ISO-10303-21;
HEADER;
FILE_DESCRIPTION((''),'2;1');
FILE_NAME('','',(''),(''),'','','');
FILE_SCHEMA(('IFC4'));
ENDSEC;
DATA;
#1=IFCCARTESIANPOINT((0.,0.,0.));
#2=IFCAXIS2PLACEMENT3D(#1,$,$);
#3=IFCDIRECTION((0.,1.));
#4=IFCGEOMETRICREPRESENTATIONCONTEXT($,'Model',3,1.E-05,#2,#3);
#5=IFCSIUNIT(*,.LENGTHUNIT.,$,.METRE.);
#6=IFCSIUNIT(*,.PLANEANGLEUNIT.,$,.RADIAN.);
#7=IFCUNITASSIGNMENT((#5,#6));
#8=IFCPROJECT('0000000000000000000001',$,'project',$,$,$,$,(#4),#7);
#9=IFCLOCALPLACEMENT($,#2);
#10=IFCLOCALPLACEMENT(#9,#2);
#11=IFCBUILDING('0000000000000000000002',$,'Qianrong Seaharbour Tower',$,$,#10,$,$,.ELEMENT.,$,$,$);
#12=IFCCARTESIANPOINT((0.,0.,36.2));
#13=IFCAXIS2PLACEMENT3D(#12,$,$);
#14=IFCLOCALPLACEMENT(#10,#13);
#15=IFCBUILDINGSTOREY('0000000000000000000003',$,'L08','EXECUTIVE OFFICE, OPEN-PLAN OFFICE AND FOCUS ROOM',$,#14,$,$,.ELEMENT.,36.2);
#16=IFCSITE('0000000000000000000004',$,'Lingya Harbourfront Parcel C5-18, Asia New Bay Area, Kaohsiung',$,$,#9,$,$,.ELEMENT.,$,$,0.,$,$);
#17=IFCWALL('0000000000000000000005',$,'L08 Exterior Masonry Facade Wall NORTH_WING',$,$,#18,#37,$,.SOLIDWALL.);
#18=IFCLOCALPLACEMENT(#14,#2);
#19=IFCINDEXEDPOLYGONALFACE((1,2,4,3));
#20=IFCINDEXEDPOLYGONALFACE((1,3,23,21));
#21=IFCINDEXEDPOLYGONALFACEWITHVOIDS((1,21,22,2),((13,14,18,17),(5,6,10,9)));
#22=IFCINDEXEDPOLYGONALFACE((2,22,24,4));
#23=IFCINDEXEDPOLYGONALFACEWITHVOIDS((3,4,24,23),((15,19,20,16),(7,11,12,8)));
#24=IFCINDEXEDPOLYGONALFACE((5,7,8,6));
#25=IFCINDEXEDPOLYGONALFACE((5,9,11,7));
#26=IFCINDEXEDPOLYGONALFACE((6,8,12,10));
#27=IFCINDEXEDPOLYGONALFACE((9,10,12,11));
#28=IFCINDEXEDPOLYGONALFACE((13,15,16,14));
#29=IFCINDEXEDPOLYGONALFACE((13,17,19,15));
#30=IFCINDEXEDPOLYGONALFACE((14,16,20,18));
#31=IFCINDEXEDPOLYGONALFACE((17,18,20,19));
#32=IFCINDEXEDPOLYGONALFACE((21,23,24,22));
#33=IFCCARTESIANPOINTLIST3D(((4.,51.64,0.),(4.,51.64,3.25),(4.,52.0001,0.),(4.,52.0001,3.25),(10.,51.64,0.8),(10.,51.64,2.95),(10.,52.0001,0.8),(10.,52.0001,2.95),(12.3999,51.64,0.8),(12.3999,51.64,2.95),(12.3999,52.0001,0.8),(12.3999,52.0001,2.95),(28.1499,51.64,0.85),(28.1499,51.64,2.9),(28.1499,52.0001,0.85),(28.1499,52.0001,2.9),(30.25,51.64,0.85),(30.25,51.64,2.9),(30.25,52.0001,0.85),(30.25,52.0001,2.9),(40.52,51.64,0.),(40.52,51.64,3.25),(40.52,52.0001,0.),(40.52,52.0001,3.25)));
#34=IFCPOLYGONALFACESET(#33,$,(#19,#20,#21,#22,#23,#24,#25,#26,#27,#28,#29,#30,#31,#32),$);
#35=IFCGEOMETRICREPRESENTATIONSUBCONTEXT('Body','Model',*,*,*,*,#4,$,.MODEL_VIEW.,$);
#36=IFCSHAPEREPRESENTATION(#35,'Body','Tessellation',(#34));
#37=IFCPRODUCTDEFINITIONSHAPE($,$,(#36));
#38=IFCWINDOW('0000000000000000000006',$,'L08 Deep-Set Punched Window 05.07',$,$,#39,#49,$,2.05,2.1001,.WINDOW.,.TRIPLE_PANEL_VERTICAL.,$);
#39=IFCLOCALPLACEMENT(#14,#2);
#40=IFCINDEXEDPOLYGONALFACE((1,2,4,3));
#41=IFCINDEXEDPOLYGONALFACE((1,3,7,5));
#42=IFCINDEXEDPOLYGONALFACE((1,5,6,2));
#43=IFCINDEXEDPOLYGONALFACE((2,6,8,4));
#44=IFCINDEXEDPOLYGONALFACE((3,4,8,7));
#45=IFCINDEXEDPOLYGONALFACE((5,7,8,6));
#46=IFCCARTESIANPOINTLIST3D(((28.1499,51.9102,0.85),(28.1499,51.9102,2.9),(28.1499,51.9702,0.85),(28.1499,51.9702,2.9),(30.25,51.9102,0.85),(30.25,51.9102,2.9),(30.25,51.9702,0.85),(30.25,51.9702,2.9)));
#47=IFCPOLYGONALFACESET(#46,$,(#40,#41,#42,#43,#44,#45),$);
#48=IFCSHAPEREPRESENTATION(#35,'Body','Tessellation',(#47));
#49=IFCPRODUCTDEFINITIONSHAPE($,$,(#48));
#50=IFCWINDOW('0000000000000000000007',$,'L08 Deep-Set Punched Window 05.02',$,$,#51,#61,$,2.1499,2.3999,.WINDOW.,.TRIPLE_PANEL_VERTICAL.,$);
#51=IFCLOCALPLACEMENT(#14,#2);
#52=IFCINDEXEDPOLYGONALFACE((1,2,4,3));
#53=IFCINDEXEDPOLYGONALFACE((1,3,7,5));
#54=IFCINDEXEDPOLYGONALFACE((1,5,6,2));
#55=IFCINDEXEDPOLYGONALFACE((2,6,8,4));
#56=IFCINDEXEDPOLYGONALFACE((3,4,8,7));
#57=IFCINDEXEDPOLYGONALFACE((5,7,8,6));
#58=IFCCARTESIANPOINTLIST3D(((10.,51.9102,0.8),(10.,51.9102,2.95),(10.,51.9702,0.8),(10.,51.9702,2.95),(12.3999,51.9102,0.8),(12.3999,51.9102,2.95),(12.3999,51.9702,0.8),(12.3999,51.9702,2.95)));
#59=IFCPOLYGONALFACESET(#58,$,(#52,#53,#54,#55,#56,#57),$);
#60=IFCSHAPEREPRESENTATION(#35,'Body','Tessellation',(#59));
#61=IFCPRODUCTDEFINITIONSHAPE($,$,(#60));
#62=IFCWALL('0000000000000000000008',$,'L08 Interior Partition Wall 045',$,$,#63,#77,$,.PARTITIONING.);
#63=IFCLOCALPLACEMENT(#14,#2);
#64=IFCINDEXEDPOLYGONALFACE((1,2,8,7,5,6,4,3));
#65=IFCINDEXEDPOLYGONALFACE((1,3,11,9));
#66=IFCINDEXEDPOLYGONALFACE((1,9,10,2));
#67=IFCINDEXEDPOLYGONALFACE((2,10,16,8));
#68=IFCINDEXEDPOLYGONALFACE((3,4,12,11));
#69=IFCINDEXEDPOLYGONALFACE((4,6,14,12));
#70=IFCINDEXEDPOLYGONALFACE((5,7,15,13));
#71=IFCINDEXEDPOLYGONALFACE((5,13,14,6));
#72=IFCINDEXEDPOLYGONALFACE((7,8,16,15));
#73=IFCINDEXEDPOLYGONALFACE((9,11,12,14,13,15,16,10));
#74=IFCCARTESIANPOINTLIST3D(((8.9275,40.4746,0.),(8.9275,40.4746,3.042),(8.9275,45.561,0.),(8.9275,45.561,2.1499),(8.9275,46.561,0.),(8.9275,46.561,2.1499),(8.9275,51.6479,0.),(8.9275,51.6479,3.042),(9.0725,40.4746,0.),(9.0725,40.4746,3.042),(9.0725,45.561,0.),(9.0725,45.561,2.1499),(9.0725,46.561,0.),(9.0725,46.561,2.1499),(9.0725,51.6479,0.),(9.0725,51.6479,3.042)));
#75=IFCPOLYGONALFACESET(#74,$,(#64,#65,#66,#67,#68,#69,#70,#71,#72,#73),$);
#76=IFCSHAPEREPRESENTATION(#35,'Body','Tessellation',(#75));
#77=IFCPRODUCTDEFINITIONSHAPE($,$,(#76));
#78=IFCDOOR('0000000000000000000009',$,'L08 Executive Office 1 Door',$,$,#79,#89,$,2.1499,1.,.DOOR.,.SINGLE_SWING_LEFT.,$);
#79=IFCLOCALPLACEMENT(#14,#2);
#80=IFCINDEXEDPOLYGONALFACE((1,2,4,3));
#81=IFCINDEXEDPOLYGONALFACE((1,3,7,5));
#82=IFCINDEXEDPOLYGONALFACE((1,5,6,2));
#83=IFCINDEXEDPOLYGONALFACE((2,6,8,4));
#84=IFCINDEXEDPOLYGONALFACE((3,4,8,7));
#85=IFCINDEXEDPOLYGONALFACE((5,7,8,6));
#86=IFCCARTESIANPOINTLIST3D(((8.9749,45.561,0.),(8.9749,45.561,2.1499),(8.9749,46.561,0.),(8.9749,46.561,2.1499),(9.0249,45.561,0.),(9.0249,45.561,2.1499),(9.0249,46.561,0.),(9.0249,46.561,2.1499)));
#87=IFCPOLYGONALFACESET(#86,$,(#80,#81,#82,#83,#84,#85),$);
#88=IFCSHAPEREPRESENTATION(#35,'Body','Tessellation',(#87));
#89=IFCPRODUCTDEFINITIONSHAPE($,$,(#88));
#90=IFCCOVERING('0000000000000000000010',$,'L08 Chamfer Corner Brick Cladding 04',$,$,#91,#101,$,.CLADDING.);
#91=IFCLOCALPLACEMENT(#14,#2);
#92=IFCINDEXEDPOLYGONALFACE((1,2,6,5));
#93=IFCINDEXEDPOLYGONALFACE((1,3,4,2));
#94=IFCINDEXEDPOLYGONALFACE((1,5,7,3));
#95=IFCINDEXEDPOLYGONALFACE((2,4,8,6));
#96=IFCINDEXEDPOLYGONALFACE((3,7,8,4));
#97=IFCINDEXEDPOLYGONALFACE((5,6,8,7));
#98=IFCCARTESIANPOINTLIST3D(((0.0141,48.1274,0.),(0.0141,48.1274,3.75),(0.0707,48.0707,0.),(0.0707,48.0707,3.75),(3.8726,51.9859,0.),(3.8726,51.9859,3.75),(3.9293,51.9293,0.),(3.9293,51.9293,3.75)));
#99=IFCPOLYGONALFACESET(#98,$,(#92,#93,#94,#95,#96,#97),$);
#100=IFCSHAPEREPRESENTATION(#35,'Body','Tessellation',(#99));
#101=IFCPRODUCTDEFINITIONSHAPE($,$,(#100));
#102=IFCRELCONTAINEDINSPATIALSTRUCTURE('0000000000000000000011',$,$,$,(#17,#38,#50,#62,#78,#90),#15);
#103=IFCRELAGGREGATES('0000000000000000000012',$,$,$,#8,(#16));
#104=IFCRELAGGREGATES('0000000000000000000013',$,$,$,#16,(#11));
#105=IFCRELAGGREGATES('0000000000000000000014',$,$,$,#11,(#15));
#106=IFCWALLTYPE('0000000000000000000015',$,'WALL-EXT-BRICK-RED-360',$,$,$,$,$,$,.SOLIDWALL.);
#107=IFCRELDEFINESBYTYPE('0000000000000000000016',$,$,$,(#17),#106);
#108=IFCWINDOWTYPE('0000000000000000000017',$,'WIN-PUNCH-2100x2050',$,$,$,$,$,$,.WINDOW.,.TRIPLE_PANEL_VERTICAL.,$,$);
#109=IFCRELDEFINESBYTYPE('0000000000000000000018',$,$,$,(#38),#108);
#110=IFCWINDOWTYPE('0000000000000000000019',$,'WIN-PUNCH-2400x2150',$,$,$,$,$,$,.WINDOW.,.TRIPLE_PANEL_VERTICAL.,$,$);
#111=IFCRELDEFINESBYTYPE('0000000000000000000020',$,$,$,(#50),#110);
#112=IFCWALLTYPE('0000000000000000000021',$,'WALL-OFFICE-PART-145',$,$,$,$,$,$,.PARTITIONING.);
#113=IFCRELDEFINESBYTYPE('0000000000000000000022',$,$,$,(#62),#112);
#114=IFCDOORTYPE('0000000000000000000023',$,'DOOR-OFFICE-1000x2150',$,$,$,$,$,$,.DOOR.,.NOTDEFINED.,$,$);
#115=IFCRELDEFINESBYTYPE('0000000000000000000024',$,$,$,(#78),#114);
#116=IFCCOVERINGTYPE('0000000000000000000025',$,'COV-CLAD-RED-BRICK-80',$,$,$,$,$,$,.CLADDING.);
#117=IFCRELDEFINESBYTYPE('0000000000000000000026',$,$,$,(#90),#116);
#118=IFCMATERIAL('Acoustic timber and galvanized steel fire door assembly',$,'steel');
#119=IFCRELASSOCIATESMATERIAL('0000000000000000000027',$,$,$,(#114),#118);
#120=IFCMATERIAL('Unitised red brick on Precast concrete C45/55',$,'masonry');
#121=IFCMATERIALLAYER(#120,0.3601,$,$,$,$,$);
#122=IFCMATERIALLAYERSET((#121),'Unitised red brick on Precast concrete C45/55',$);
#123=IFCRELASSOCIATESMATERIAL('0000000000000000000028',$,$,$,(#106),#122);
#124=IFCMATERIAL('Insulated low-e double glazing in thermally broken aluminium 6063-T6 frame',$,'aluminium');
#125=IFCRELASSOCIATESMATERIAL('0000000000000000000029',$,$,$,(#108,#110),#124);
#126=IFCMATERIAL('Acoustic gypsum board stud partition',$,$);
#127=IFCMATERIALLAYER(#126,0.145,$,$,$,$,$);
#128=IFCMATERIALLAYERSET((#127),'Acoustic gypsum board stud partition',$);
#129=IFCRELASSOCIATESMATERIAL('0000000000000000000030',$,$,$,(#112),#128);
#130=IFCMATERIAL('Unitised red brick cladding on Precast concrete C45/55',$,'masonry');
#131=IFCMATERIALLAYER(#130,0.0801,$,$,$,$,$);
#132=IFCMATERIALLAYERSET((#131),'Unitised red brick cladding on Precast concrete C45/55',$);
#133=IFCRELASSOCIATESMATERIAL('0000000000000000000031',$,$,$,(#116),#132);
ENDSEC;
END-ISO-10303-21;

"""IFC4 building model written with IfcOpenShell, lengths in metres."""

from ifc_helpers import new_model, si_unit, direction, frame, frame_2d, origin, origin_2d, place, context, subcontext, project, spatial, rectangle, extrude, material, layer, layer_set, type_object, element, fill, save


model = new_model("IFC4")

# Units and contexts
model_context = context("Model", 3, precision=1e-05, world=origin(), true_north=direction((0.0, 1.0)))
body_context = subcontext(model_context, "Body", "Model", "MODEL_VIEW")
ifc_project = project(units=[si_unit("LENGTHUNIT", "METRE"), si_unit("PLANEANGLEUNIT", "RADIAN")], contexts=[model_context])

# Site, building, storey
site_placement = place(None, origin())
site = spatial("IfcSite", under=ifc_project, at=site_placement, Name="Lingya Harbourfront Parcel C5-18, Asia New Bay Area, Kaohsiung", CompositionType="ELEMENT", RefElevation=0.0)
building_placement = place(site_placement, origin())
building = spatial("IfcBuilding", under=site, at=building_placement, Name="Qianrong Seaharbour Tower", CompositionType="ELEMENT")
storey_placement = place(building_placement, frame((0.0, 0.0, 36.2)))
storey = spatial("IfcBuildingStorey", under=building, at=storey_placement, Name="L08", Description="EXECUTIVE OFFICE, OPEN-PLAN OFFICE AND FOCUS ROOM", CompositionType="ELEMENT", Elevation=36.2)

# Shared definitions
ifc_material_1 = material(Name="Acoustic timber and galvanized steel fire door assembly", Category="steel")
door_type = type_object("IfcDoorType", Name="DOOR-OFFICE-1000x2150", OperationType="NOTDEFINED", PredefinedType="DOOR", material=ifc_material_1)

# Shared definitions
ifc_material_2 = material(Name="Unitised red brick on Precast concrete C45/55", Category="masonry")
ifc_layer_1 = layer(ifc_material_2, 0.3601)
ifc_layer_set_1 = layer_set([ifc_layer_1], Name="Unitised red brick on Precast concrete C45/55")
wall_type_1 = type_object("IfcWallType", Name="WALL-EXT-BRICK-RED-360", PredefinedType="SOLIDWALL", material=ifc_layer_set_1)

# Wall, openings, windows
wall_1_placement = place(storey_placement, frame((4.0, 51.8201, 0.0), z_axis=(0.0, 0.0, 1.0), x_axis=(1.0, 0.0, 0.0)))
wall_1 = element("IfcWall", 1, at=wall_1_placement, inside=storey, type_object=wall_type_1, Name="L08 Exterior Masonry Facade Wall NORTH_WING", PredefinedType="SOLIDWALL", context=body_context, shape_type="SweptSolid", body=[
    extrude(rectangle(XDim=36.52, YDim=0.3601, at=frame_2d((18.26, 0.0))), origin(), (0.0, 0.0, 1.0), 3.25),
])
opening_1_placement = place(wall_1_placement, frame((6.0, 0.0, 0.8)))
opening_1 = element("IfcOpeningElement", 2, at=opening_1_placement, cuts=wall_1, PredefinedType="OPENING", context=body_context, shape_type="SweptSolid", body=[
    extrude(rectangle(XDim=2.3999, YDim=2.1499, at=frame_2d((1.2, 1.075))), frame((0.0, 0.1899, 0.0), z_axis=(0.0, -1.0, 0.0), x_axis=(1.0, 0.0, 0.0)), (0.0, 0.0, 1.0), 0.3801),
])
opening_2_placement = place(wall_1_placement, frame((24.1499, 0.0, 0.8501)))
opening_2 = element("IfcOpeningElement", 3, at=opening_2_placement, cuts=wall_1, PredefinedType="OPENING", context=body_context, shape_type="SweptSolid", body=[
    extrude(rectangle(XDim=2.1001, YDim=2.05, at=frame_2d((1.05, 1.0249))), frame((0.0, 0.1899, 0.0), z_axis=(0.0, -1.0, 0.0), x_axis=(1.0, 0.0, 0.0)), (0.0, 0.0, 1.0), 0.3801),
])
ifc_material_3 = material(Name="Insulated low-e double glazing in thermally broken aluminium 6063-T6 frame", Category="aluminium")
window_type_1 = type_object("IfcWindowType", Name="WIN-PUNCH-2100x2050", PartitioningType="TRIPLE_PANEL_VERTICAL", PredefinedType="WINDOW", material=ifc_material_3)
window_1_placement = place(opening_2_placement, origin())
window_1 = element("IfcWindow", 4, at=window_1_placement, inside=storey, type_object=window_type_1, Name="L08 Deep-Set Punched Window 05.07", OverallHeight=2.05, OverallWidth=2.1001, PartitioningType="TRIPLE_PANEL_VERTICAL", PredefinedType="WINDOW", context=body_context, shape_type="SweptSolid", body=[
    extrude(rectangle(XDim=2.1001, YDim=2.05, at=frame_2d((1.05, 1.0249))), frame((0.0, 0.1501, 0.0), z_axis=(0.0, -1.0, 0.0), x_axis=(1.0, 0.0, 0.0)), (0.0, 0.0, 1.0), 0.0601),
])
fill(opening_2, window_1)
window_type_2 = type_object("IfcWindowType", Name="WIN-PUNCH-2400x2150", PartitioningType="TRIPLE_PANEL_VERTICAL", PredefinedType="WINDOW", material=ifc_material_3)
window_2_placement = place(opening_1_placement, origin())
window_2 = element("IfcWindow", 5, at=window_2_placement, inside=storey, type_object=window_type_2, Name="L08 Deep-Set Punched Window 05.02", OverallHeight=2.1499, OverallWidth=2.3999, PartitioningType="TRIPLE_PANEL_VERTICAL", PredefinedType="WINDOW", context=body_context, shape_type="SweptSolid", body=[
    extrude(rectangle(XDim=2.3999, YDim=2.1499, at=frame_2d((1.2, 1.075))), frame((0.0, 0.1501, 0.0), z_axis=(0.0, -1.0, 0.0), x_axis=(1.0, 0.0, 0.0)), (0.0, 0.0, 1.0), 0.0601),
])
fill(opening_1, window_2)

# Wall, opening, door
ifc_material_4 = material(Name="Acoustic gypsum board stud partition")
ifc_layer_2 = layer(ifc_material_4, 0.145)
ifc_layer_set_2 = layer_set([ifc_layer_2], Name="Acoustic gypsum board stud partition")
wall_type_2 = type_object("IfcWallType", Name="WALL-OFFICE-PART-145", PredefinedType="PARTITIONING", material=ifc_layer_set_2)
wall_2_placement = place(storey_placement, frame((9.0, 51.6479, 0.0), z_axis=(0.0, 0.0, 1.0), x_axis=(0.0, -1.0, 0.0)))
wall_2 = element("IfcWall", 6, at=wall_2_placement, inside=storey, type_object=wall_type_2, Name="L08 Interior Partition Wall 045", PredefinedType="PARTITIONING", context=body_context, shape_type="SweptSolid", body=[
    extrude(rectangle(XDim=11.1733, YDim=0.145, at=frame_2d((5.5867, 0.0))), origin(), (0.0, 0.0, 1.0), 3.042),
])
opening_3_placement = place(wall_2_placement, frame((5.0869, 0.0, 0.0)))
opening_3 = element("IfcOpeningElement", 7, at=opening_3_placement, cuts=wall_2, PredefinedType="OPENING", context=body_context, shape_type="SweptSolid", body=[
    extrude(rectangle(XDim=1.0, YDim=2.1499, at=frame_2d((0.5, 1.075))), frame((0.0, 0.0825, 0.0), z_axis=(0.0, -1.0, 0.0), x_axis=(1.0, 0.0, 0.0)), (0.0, 0.0, 1.0), 0.165),
])
door_1_placement = place(opening_3_placement, origin())
door_1 = element("IfcDoor", 8, at=door_1_placement, inside=storey, type_object=door_type, Name="L08 Executive Office 1 Door", OperationType="SINGLE_SWING_LEFT", OverallHeight=2.1499, OverallWidth=1.0, PredefinedType="DOOR", context=body_context, shape_type="SweptSolid", body=[
    extrude(rectangle(XDim=1.0, YDim=2.1499, at=frame_2d((0.5, 1.075))), frame((0.0, 0.0249, 0.0), z_axis=(0.0, -1.0, 0.0), x_axis=(1.0, 0.0, 0.0)), (0.0, 0.0, 1.0), 0.05),
])
fill(opening_3, door_1)

# Covering
ifc_material_5 = material(Name="Unitised red brick cladding on Precast concrete C45/55", Category="masonry")
ifc_layer_3 = layer(ifc_material_5, 0.0801)
ifc_layer_set_3 = layer_set([ifc_layer_3], Name="Unitised red brick cladding on Precast concrete C45/55")
covering_type = type_object("IfcCoveringType", Name="COV-CLAD-RED-BRICK-80", PredefinedType="CLADDING", material=ifc_layer_set_3)
covering_placement = place(storey_placement, frame((1.9717, 50.0283, 0.0), z_axis=(0.0, 0.0, 1.0), x_axis=(0.707107, 0.707107, 0.0)))
element("IfcCovering", 9, at=covering_placement, inside=storey, type_object=covering_type, Name="L08 Chamfer Corner Brick Cladding 04", PredefinedType="CLADDING", context=body_context, shape_type="SweptSolid", body=[
    extrude(rectangle(XDim=5.4568, YDim=0.0801, at=origin_2d()), origin(), (0.0, 0.0, 1.0), 3.75),
])

save(model, "model.ifc")
